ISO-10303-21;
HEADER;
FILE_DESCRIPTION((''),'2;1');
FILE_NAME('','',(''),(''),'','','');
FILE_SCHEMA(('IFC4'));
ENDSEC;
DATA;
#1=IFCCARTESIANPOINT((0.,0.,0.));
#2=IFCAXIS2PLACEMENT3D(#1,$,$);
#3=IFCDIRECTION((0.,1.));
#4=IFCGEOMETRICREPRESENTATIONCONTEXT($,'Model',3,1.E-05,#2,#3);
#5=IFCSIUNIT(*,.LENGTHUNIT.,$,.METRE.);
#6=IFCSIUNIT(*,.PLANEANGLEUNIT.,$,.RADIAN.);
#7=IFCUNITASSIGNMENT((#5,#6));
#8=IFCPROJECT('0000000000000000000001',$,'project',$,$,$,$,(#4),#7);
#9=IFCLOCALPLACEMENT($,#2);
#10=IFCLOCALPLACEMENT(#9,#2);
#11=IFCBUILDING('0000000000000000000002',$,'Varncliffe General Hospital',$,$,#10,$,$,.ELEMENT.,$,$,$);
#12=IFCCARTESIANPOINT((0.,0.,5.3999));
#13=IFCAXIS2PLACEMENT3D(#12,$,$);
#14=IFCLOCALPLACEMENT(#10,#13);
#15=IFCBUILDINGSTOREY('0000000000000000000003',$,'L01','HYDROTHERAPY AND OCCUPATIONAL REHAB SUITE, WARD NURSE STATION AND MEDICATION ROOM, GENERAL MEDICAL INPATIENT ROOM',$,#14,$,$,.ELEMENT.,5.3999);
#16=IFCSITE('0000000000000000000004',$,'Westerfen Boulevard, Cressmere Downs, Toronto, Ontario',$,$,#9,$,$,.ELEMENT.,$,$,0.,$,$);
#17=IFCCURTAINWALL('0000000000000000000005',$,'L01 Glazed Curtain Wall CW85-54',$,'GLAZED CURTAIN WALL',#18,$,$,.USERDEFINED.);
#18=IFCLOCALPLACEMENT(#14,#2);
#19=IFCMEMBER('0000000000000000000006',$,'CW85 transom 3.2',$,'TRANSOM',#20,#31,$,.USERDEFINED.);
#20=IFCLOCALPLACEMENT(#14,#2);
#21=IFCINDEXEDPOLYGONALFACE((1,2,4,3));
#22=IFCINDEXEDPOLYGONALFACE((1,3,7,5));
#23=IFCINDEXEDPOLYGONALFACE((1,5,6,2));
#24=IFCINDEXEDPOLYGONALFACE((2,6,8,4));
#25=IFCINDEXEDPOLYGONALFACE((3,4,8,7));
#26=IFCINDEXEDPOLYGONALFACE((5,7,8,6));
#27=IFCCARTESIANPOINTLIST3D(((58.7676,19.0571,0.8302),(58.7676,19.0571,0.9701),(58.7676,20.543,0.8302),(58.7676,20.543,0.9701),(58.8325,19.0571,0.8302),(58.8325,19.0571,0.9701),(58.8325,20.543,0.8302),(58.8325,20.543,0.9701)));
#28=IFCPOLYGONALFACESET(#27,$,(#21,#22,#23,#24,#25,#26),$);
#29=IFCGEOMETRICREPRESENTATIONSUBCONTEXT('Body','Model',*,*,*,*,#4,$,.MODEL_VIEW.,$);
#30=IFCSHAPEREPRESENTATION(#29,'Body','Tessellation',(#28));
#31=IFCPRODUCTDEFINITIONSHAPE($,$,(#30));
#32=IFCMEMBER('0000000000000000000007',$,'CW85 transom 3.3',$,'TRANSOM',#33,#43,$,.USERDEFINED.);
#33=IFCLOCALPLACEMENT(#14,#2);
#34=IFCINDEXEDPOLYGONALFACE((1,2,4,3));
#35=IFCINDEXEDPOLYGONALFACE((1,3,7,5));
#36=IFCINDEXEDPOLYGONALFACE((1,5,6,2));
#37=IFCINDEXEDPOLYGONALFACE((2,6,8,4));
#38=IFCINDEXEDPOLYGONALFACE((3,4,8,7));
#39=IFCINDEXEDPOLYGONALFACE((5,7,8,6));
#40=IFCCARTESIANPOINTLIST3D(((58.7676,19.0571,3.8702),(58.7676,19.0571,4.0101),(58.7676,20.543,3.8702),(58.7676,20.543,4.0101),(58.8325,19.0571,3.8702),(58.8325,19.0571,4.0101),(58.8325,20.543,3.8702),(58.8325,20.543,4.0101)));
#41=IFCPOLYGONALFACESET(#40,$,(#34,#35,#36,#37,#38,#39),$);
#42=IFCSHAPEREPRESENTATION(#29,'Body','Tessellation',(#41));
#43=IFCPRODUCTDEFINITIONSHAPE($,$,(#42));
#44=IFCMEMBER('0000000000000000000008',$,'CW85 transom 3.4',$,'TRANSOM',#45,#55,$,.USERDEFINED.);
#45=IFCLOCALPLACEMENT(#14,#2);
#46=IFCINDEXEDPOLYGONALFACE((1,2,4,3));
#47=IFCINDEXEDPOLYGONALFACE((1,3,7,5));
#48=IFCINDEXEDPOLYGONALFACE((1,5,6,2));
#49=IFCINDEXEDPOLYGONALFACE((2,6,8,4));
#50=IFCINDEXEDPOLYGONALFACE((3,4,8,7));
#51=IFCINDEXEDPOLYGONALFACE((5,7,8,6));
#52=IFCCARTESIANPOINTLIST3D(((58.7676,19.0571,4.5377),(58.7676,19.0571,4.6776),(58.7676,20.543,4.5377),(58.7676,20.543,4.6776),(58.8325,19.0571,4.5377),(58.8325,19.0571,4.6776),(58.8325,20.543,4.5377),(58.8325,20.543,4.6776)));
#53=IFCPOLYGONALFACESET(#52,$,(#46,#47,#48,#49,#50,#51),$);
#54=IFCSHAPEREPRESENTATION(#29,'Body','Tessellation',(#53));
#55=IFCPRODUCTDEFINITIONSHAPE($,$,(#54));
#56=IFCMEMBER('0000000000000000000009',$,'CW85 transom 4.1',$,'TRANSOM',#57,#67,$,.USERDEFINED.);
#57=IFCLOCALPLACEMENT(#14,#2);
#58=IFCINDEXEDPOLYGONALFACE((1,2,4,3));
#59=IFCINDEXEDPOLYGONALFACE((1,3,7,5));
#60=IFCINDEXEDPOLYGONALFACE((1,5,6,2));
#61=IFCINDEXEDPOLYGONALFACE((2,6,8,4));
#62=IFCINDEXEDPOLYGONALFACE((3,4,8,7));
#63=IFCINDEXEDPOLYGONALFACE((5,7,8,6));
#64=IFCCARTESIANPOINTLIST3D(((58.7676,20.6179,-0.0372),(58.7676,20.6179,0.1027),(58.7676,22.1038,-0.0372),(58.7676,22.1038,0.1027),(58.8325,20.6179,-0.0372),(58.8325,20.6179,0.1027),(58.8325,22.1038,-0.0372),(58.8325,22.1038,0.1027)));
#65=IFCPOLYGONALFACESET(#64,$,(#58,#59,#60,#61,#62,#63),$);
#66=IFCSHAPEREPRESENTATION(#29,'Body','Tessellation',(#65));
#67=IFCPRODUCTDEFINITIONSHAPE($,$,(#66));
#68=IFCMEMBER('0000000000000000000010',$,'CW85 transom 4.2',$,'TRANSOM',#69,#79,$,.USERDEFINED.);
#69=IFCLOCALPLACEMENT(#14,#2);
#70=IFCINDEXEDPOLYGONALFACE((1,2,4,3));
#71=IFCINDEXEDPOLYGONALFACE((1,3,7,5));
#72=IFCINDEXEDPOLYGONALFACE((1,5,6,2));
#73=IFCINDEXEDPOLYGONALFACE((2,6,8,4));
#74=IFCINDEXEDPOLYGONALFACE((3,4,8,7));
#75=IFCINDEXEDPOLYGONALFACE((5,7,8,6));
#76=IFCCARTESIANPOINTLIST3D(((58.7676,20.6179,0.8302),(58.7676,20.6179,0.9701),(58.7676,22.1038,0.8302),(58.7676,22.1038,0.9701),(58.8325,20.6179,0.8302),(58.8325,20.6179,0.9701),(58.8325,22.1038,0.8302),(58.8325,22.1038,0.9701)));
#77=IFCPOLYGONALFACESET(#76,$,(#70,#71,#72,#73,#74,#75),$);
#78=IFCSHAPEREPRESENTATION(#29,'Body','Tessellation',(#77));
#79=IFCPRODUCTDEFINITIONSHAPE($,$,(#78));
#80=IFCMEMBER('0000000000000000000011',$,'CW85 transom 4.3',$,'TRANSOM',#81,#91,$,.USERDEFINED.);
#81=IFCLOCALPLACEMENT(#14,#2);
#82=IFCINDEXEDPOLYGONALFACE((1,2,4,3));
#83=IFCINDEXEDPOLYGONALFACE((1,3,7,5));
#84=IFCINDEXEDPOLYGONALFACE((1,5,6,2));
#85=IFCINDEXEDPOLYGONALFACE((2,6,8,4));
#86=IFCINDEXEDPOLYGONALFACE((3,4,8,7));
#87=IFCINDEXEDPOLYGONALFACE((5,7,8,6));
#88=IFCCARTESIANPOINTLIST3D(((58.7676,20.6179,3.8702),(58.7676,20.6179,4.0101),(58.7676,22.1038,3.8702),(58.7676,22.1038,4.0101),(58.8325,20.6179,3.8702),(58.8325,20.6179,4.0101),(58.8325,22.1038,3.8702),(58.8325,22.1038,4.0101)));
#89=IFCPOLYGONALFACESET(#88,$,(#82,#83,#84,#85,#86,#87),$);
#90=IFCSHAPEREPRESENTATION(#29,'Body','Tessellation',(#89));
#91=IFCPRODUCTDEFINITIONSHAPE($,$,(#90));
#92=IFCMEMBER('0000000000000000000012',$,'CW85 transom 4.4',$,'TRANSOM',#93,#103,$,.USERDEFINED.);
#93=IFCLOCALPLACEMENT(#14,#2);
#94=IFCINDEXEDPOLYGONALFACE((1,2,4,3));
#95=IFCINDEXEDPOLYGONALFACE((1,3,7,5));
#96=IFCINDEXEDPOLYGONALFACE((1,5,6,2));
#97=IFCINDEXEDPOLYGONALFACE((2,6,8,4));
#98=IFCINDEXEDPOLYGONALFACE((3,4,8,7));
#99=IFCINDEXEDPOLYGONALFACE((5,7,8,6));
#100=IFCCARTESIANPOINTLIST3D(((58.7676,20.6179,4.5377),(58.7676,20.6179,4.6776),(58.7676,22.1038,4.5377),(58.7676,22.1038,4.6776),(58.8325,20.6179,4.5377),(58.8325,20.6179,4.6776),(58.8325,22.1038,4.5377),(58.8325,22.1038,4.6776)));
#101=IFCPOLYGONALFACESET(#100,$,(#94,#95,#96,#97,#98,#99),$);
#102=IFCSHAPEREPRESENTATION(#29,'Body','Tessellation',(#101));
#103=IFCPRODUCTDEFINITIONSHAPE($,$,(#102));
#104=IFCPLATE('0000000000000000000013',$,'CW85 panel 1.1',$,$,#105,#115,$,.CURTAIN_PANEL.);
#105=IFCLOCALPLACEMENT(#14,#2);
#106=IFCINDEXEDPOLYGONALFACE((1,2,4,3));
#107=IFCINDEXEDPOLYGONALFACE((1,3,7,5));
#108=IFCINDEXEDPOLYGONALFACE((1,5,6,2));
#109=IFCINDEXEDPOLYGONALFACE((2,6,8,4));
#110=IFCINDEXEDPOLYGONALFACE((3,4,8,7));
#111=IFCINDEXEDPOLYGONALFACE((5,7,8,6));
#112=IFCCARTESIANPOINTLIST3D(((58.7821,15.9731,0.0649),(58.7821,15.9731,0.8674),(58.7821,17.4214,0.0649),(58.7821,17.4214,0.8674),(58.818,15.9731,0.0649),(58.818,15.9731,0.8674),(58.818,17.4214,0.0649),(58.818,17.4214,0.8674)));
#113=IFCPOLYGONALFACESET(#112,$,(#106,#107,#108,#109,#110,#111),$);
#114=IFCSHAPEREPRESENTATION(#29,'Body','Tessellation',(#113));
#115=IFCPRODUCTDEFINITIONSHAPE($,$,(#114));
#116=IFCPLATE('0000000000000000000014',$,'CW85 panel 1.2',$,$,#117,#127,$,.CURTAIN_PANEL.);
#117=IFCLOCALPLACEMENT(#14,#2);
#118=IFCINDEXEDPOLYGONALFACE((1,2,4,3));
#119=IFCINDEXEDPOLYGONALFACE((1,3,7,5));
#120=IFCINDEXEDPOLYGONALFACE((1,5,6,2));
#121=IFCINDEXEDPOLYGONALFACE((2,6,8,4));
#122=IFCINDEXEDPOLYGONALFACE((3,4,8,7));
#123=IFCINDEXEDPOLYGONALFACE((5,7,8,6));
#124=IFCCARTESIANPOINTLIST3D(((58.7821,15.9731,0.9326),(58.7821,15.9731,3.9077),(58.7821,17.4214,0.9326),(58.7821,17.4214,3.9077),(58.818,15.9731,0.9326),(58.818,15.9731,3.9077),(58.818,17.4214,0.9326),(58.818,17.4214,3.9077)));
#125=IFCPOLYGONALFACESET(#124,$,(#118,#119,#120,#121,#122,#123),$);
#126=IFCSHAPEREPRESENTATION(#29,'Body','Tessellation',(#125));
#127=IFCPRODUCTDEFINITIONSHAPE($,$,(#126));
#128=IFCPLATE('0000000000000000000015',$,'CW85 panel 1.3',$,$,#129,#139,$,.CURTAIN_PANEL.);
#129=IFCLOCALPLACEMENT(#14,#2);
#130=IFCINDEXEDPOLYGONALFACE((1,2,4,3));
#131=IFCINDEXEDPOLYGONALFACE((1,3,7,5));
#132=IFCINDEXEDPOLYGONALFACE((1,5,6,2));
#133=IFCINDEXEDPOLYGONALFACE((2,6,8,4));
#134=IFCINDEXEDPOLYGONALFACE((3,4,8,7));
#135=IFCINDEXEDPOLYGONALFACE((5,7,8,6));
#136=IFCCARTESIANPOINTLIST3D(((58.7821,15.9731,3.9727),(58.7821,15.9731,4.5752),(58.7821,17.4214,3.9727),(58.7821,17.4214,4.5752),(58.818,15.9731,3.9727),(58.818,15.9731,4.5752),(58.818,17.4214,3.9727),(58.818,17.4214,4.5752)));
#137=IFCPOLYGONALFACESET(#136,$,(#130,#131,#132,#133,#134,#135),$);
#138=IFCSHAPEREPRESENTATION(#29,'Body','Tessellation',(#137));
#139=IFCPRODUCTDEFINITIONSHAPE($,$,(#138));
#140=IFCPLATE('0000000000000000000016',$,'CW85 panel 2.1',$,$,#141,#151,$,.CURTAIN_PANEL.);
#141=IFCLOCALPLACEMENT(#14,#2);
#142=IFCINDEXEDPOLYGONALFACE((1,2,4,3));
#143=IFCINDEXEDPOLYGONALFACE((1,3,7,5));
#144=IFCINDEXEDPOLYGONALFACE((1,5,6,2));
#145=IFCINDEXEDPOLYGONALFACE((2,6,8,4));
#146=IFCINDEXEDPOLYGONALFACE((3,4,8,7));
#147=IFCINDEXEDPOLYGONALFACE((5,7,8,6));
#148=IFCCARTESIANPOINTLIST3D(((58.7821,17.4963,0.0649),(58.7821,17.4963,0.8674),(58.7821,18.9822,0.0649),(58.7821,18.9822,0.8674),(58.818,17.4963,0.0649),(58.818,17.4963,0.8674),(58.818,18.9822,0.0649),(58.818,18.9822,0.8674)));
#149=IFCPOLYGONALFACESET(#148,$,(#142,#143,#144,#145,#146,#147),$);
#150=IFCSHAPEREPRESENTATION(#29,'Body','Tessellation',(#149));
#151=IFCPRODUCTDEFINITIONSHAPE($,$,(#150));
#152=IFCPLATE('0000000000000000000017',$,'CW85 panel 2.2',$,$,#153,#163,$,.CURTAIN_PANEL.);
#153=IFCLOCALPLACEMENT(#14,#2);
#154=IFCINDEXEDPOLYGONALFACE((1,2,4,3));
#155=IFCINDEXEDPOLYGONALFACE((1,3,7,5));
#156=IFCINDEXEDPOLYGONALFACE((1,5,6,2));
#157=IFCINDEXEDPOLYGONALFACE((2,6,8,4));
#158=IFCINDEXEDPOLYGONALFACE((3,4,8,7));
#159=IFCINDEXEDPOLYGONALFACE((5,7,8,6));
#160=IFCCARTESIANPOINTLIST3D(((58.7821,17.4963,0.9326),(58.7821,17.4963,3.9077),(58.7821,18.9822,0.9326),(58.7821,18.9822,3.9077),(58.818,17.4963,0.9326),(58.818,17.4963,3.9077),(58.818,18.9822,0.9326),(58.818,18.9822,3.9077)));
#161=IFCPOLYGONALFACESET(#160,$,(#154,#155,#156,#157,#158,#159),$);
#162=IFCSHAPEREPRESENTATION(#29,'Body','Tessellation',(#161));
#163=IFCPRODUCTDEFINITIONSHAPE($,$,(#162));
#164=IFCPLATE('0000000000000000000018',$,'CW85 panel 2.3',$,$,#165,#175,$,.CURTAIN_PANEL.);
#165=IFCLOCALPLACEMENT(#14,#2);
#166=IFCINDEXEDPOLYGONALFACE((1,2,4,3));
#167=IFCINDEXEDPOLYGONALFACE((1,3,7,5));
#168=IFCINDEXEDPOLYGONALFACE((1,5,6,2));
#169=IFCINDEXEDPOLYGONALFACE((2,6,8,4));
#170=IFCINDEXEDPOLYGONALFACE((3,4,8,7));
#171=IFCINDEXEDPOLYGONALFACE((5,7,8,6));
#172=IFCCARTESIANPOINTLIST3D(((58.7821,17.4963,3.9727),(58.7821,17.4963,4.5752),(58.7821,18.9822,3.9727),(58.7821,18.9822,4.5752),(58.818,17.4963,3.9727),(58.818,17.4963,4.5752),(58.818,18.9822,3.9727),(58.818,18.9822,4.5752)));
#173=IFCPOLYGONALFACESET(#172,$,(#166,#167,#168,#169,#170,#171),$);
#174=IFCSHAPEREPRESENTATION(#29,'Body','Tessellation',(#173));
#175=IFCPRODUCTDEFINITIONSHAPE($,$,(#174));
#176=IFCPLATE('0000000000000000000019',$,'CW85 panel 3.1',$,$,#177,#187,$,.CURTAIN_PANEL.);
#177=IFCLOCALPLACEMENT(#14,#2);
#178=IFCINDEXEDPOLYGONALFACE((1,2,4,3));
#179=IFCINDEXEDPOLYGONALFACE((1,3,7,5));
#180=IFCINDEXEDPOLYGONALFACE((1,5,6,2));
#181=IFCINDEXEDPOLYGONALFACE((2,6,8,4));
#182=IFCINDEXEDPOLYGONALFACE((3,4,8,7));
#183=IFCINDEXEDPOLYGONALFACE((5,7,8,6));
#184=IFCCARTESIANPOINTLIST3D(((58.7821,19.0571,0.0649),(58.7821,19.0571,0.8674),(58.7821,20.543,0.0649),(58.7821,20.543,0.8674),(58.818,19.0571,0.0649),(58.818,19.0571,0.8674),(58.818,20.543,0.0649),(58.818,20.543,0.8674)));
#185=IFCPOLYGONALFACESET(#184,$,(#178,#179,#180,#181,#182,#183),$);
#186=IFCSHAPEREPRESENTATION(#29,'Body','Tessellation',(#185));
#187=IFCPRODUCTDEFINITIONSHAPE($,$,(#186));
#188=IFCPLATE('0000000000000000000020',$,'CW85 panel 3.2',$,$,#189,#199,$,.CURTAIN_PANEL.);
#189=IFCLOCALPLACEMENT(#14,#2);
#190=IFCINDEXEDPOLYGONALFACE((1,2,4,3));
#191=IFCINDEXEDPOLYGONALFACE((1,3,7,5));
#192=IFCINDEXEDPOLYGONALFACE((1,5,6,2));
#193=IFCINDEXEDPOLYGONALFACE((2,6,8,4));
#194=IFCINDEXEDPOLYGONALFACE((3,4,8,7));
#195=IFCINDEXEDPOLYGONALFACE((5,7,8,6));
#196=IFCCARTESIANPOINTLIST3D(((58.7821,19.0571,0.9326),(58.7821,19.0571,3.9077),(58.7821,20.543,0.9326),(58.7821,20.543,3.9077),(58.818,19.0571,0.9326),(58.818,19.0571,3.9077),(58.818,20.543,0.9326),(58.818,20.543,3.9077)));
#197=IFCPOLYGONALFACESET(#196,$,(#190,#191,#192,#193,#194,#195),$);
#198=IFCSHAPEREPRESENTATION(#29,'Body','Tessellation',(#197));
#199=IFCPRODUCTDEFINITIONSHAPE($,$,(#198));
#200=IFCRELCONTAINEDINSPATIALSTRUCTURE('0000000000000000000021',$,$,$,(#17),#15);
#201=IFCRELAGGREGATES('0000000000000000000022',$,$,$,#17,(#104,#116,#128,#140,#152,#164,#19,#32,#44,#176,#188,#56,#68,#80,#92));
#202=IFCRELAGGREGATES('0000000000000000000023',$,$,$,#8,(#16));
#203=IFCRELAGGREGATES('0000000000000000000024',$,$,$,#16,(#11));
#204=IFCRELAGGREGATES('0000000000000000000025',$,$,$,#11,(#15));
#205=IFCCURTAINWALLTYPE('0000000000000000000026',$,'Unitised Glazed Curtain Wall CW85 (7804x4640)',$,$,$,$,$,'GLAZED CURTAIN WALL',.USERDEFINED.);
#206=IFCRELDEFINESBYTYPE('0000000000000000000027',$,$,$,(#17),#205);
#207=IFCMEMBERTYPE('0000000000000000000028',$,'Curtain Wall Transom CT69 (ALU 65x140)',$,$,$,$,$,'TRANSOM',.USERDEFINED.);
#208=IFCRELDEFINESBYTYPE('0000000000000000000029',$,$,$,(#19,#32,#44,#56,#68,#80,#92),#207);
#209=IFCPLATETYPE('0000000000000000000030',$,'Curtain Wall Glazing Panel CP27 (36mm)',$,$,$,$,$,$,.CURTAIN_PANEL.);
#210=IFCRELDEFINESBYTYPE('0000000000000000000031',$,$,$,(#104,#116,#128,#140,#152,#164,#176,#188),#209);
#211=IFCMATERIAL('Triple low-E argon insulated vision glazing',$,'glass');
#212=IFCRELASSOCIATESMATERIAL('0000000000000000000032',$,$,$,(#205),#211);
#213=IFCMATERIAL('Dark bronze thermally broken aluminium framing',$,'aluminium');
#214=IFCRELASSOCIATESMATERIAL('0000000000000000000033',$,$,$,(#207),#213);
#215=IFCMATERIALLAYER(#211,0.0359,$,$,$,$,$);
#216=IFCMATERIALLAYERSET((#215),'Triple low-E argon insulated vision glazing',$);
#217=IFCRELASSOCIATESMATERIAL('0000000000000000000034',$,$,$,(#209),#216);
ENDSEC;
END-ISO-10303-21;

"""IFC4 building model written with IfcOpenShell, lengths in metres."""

from ifc_helpers import new_model, si_unit, direction, frame, origin, origin_2d, place, context, subcontext, project, spatial, rectangle, extrude, material, layer, layer_set, material_profile, profile_set, type_object, element, aggregate, save


model = new_model("IFC4")

# Units and contexts
model_context = context("Model", 3, precision=1e-05, world=origin(), true_north=direction((0.0, 1.0)))
body_context = subcontext(model_context, "Body", "Model", "MODEL_VIEW")
ifc_project = project(units=[si_unit("LENGTHUNIT", "METRE"), si_unit("PLANEANGLEUNIT", "RADIAN")], contexts=[model_context])

# Site, building, storey
site_placement = place(None, origin())
site = spatial("IfcSite", under=ifc_project, at=site_placement, Name="Westerfen Boulevard, Cressmere Downs, Toronto, Ontario", CompositionType="ELEMENT", RefElevation=0.0)
building_placement = place(site_placement, origin())
building = spatial("IfcBuilding", under=site, at=building_placement, Name="Varncliffe General Hospital", CompositionType="ELEMENT")
storey_placement = place(building_placement, frame((0.0, 0.0, 5.3999)))
storey = spatial("IfcBuildingStorey", under=building, at=storey_placement, Name="L01", Description="HYDROTHERAPY AND OCCUPATIONAL REHAB SUITE, WARD NURSE STATION AND MEDICATION ROOM, GENERAL MEDICAL INPATIENT ROOM", CompositionType="ELEMENT", Elevation=5.3999)

# Shared definitions
ifc_material_1 = material(Name="Triple low-E argon insulated vision glazing", Category="glass")
ifc_material_2 = material(Name="Dark bronze thermally broken aluminium framing", Category="aluminium")

# Curtain wall, members, plates
curtain_wall_type_1 = type_object("IfcCurtainWallType", Name="Unitised Glazed Curtain Wall CW85 (7804x4640)", ElementType="GLAZED CURTAIN WALL", PredefinedType="USERDEFINED", material=ifc_material_1)
curtain_wall_1_placement = place(storey_placement, origin())
curtain_wall_1 = element("IfcCurtainWall", 1, at=curtain_wall_1_placement, inside=storey, type_object=curtain_wall_type_1, Name="L01 Glazed Curtain Wall CW85-54", ObjectType="GLAZED CURTAIN WALL", PredefinedType="USERDEFINED")
ifc_material_profile_1 = material_profile(ifc_material_2, rectangle(XDim=0.0649, YDim=0.1399, at=origin_2d()), Name="ALU 65x140")
ifc_profile_set_1 = profile_set([ifc_material_profile_1], Name="Dark bronze thermally broken aluminium framing")
member_type_1 = type_object("IfcMemberType", Name="Curtain Wall Transom CT69 (ALU 65x140)", ElementType="TRANSOM", PredefinedType="USERDEFINED", material=ifc_profile_set_1)
member_1_placement = place(storey_placement, frame((58.8, 19.0571, 0.9001), z_axis=(0.0, 1.0, 0.0), x_axis=(-1.0, 0.0, 0.0)))
member_1 = element("IfcMember", 2, at=member_1_placement, type_object=member_type_1, Name="CW85 transom 3.2", ObjectType="TRANSOM", PredefinedType="USERDEFINED", context=body_context, shape_type="SweptSolid", body=[
    extrude(rectangle(XDim=0.0649, YDim=0.1399, at=origin_2d()), origin(), (0.0, 0.0, 1.0), 1.4858),
])
member_2_placement = place(storey_placement, frame((58.8, 19.0571, 3.9402), z_axis=(0.0, 1.0, 0.0), x_axis=(-1.0, 0.0, 0.0)))
member_2 = element("IfcMember", 3, at=member_2_placement, type_object=member_type_1, Name="CW85 transom 3.3", ObjectType="TRANSOM", PredefinedType="USERDEFINED", context=body_context, shape_type="SweptSolid", body=[
    extrude(rectangle(XDim=0.0649, YDim=0.1399, at=origin_2d()), origin(), (0.0, 0.0, 1.0), 1.4858),
])
member_3_placement = place(storey_placement, frame((58.8, 19.0571, 4.6077), z_axis=(0.0, 1.0, 0.0), x_axis=(-1.0, 0.0, 0.0)))
member_3 = element("IfcMember", 4, at=member_3_placement, type_object=member_type_1, Name="CW85 transom 3.4", ObjectType="TRANSOM", PredefinedType="USERDEFINED", context=body_context, shape_type="SweptSolid", body=[
    extrude(rectangle(XDim=0.0649, YDim=0.1399, at=origin_2d()), origin(), (0.0, 0.0, 1.0), 1.4858),
])
member_4_placement = place(storey_placement, frame((58.8, 20.6179, 0.0327), z_axis=(0.0, 1.0, 0.0), x_axis=(-1.0, 0.0, 0.0)))
member_4 = element("IfcMember", 5, at=member_4_placement, type_object=member_type_1, Name="CW85 transom 4.1", ObjectType="TRANSOM", PredefinedType="USERDEFINED", context=body_context, shape_type="SweptSolid", body=[
    extrude(rectangle(XDim=0.0649, YDim=0.1399, at=origin_2d()), origin(), (0.0, 0.0, 1.0), 1.4858),
])
member_5_placement = place(storey_placement, frame((58.8, 20.6179, 0.9001), z_axis=(0.0, 1.0, 0.0), x_axis=(-1.0, 0.0, 0.0)))
member_5 = element("IfcMember", 6, at=member_5_placement, type_object=member_type_1, Name="CW85 transom 4.2", ObjectType="TRANSOM", PredefinedType="USERDEFINED", context=body_context, shape_type="SweptSolid", body=[
    extrude(rectangle(XDim=0.0649, YDim=0.1399, at=origin_2d()), origin(), (0.0, 0.0, 1.0), 1.4858),
])
member_6_placement = place(storey_placement, frame((58.8, 20.6179, 3.9402), z_axis=(0.0, 1.0, 0.0), x_axis=(-1.0, 0.0, 0.0)))
member_6 = element("IfcMember", 7, at=member_6_placement, type_object=member_type_1, Name="CW85 transom 4.3", ObjectType="TRANSOM", PredefinedType="USERDEFINED", context=body_context, shape_type="SweptSolid", body=[
    extrude(rectangle(XDim=0.0649, YDim=0.1399, at=origin_2d()), origin(), (0.0, 0.0, 1.0), 1.4858),
])
member_7_placement = place(storey_placement, frame((58.8, 20.6179, 4.6077), z_axis=(0.0, 1.0, 0.0), x_axis=(-1.0, 0.0, 0.0)))
member_7 = element("IfcMember", 8, at=member_7_placement, type_object=member_type_1, Name="CW85 transom 4.4", ObjectType="TRANSOM", PredefinedType="USERDEFINED", context=body_context, shape_type="SweptSolid", body=[
    extrude(rectangle(XDim=0.0649, YDim=0.1399, at=origin_2d()), origin(), (0.0, 0.0, 1.0), 1.4858),
])
ifc_layer_1 = layer(ifc_material_1, 0.0359)
ifc_layer_set_1 = layer_set([ifc_layer_1], Name="Triple low-E argon insulated vision glazing")
plate_type_1 = type_object("IfcPlateType", Name="Curtain Wall Glazing Panel CP27 (36mm)", PredefinedType="CURTAIN_PANEL", material=ifc_layer_set_1)
plate_1_placement = place(storey_placement, frame((58.8, 16.6973, 0.0649), z_axis=(0.0, 0.0, 1.0), x_axis=(0.0, 1.0, 0.0)))
plate_1 = element("IfcPlate", 9, at=plate_1_placement, type_object=plate_type_1, Name="CW85 panel 1.1", PredefinedType="CURTAIN_PANEL", context=body_context, shape_type="SweptSolid", body=[
    extrude(rectangle(XDim=1.4482, YDim=0.0359, at=origin_2d()), origin(), (0.0, 0.0, 1.0), 0.8025),
])
plate_2_placement = place(storey_placement, frame((58.8, 16.6973, 0.9326), z_axis=(0.0, 0.0, 1.0), x_axis=(0.0, 1.0, 0.0)))
plate_2 = element("IfcPlate", 10, at=plate_2_placement, type_object=plate_type_1, Name="CW85 panel 1.2", PredefinedType="CURTAIN_PANEL", context=body_context, shape_type="SweptSolid", body=[
    extrude(rectangle(XDim=1.4482, YDim=0.0359, at=origin_2d()), origin(), (0.0, 0.0, 1.0), 2.9751),
])
plate_3_placement = place(storey_placement, frame((58.8, 16.6973, 3.9727), z_axis=(0.0, 0.0, 1.0), x_axis=(0.0, 1.0, 0.0)))
plate_3 = element("IfcPlate", 11, at=plate_3_placement, type_object=plate_type_1, Name="CW85 panel 1.3", PredefinedType="CURTAIN_PANEL", context=body_context, shape_type="SweptSolid", body=[
    extrude(rectangle(XDim=1.4482, YDim=0.0359, at=origin_2d()), origin(), (0.0, 0.0, 1.0), 0.6025),
])
plate_4_placement = place(storey_placement, frame((58.8, 18.2393, 0.0649), z_axis=(0.0, 0.0, 1.0), x_axis=(0.0, 1.0, 0.0)))
plate_4 = element("IfcPlate", 12, at=plate_4_placement, type_object=plate_type_1, Name="CW85 panel 2.1", PredefinedType="CURTAIN_PANEL", context=body_context, shape_type="SweptSolid", body=[
    extrude(rectangle(XDim=1.4858, YDim=0.0359, at=origin_2d()), origin(), (0.0, 0.0, 1.0), 0.8025),
])
plate_5_placement = place(storey_placement, frame((58.8, 18.2393, 0.9326), z_axis=(0.0, 0.0, 1.0), x_axis=(0.0, 1.0, 0.0)))
plate_5 = element("IfcPlate", 13, at=plate_5_placement, type_object=plate_type_1, Name="CW85 panel 2.2", PredefinedType="CURTAIN_PANEL", context=body_context, shape_type="SweptSolid", body=[
    extrude(rectangle(XDim=1.4858, YDim=0.0359, at=origin_2d()), origin(), (0.0, 0.0, 1.0), 2.9751),
])
plate_6_placement = place(storey_placement, frame((58.8, 18.2393, 3.9727), z_axis=(0.0, 0.0, 1.0), x_axis=(0.0, 1.0, 0.0)))
plate_6 = element("IfcPlate", 14, at=plate_6_placement, type_object=plate_type_1, Name="CW85 panel 2.3", PredefinedType="CURTAIN_PANEL", context=body_context, shape_type="SweptSolid", body=[
    extrude(rectangle(XDim=1.4858, YDim=0.0359, at=origin_2d()), origin(), (0.0, 0.0, 1.0), 0.6025),
])
plate_7_placement = place(storey_placement, frame((58.8, 19.8, 0.0649), z_axis=(0.0, 0.0, 1.0), x_axis=(0.0, 1.0, 0.0)))
plate_7 = element("IfcPlate", 15, at=plate_7_placement, type_object=plate_type_1, Name="CW85 panel 3.1", PredefinedType="CURTAIN_PANEL", context=body_context, shape_type="SweptSolid", body=[
    extrude(rectangle(XDim=1.4858, YDim=0.0359, at=origin_2d()), origin(), (0.0, 0.0, 1.0), 0.8025),
])
plate_8_placement = place(storey_placement, frame((58.8, 19.8, 0.9326), z_axis=(0.0, 0.0, 1.0), x_axis=(0.0, 1.0, 0.0)))
plate_8 = element("IfcPlate", 16, at=plate_8_placement, type_object=plate_type_1, Name="CW85 panel 3.2", PredefinedType="CURTAIN_PANEL", context=body_context, shape_type="SweptSolid", body=[
    extrude(rectangle(XDim=1.4858, YDim=0.0359, at=origin_2d()), origin(), (0.0, 0.0, 1.0), 2.9751),
])
aggregate(curtain_wall_1, [plate_1, plate_2, plate_3, plate_4, plate_5, plate_6, member_1, member_2, member_3, plate_7, plate_8, member_4, member_5, member_6, member_7])

save(model, "model.ifc")
